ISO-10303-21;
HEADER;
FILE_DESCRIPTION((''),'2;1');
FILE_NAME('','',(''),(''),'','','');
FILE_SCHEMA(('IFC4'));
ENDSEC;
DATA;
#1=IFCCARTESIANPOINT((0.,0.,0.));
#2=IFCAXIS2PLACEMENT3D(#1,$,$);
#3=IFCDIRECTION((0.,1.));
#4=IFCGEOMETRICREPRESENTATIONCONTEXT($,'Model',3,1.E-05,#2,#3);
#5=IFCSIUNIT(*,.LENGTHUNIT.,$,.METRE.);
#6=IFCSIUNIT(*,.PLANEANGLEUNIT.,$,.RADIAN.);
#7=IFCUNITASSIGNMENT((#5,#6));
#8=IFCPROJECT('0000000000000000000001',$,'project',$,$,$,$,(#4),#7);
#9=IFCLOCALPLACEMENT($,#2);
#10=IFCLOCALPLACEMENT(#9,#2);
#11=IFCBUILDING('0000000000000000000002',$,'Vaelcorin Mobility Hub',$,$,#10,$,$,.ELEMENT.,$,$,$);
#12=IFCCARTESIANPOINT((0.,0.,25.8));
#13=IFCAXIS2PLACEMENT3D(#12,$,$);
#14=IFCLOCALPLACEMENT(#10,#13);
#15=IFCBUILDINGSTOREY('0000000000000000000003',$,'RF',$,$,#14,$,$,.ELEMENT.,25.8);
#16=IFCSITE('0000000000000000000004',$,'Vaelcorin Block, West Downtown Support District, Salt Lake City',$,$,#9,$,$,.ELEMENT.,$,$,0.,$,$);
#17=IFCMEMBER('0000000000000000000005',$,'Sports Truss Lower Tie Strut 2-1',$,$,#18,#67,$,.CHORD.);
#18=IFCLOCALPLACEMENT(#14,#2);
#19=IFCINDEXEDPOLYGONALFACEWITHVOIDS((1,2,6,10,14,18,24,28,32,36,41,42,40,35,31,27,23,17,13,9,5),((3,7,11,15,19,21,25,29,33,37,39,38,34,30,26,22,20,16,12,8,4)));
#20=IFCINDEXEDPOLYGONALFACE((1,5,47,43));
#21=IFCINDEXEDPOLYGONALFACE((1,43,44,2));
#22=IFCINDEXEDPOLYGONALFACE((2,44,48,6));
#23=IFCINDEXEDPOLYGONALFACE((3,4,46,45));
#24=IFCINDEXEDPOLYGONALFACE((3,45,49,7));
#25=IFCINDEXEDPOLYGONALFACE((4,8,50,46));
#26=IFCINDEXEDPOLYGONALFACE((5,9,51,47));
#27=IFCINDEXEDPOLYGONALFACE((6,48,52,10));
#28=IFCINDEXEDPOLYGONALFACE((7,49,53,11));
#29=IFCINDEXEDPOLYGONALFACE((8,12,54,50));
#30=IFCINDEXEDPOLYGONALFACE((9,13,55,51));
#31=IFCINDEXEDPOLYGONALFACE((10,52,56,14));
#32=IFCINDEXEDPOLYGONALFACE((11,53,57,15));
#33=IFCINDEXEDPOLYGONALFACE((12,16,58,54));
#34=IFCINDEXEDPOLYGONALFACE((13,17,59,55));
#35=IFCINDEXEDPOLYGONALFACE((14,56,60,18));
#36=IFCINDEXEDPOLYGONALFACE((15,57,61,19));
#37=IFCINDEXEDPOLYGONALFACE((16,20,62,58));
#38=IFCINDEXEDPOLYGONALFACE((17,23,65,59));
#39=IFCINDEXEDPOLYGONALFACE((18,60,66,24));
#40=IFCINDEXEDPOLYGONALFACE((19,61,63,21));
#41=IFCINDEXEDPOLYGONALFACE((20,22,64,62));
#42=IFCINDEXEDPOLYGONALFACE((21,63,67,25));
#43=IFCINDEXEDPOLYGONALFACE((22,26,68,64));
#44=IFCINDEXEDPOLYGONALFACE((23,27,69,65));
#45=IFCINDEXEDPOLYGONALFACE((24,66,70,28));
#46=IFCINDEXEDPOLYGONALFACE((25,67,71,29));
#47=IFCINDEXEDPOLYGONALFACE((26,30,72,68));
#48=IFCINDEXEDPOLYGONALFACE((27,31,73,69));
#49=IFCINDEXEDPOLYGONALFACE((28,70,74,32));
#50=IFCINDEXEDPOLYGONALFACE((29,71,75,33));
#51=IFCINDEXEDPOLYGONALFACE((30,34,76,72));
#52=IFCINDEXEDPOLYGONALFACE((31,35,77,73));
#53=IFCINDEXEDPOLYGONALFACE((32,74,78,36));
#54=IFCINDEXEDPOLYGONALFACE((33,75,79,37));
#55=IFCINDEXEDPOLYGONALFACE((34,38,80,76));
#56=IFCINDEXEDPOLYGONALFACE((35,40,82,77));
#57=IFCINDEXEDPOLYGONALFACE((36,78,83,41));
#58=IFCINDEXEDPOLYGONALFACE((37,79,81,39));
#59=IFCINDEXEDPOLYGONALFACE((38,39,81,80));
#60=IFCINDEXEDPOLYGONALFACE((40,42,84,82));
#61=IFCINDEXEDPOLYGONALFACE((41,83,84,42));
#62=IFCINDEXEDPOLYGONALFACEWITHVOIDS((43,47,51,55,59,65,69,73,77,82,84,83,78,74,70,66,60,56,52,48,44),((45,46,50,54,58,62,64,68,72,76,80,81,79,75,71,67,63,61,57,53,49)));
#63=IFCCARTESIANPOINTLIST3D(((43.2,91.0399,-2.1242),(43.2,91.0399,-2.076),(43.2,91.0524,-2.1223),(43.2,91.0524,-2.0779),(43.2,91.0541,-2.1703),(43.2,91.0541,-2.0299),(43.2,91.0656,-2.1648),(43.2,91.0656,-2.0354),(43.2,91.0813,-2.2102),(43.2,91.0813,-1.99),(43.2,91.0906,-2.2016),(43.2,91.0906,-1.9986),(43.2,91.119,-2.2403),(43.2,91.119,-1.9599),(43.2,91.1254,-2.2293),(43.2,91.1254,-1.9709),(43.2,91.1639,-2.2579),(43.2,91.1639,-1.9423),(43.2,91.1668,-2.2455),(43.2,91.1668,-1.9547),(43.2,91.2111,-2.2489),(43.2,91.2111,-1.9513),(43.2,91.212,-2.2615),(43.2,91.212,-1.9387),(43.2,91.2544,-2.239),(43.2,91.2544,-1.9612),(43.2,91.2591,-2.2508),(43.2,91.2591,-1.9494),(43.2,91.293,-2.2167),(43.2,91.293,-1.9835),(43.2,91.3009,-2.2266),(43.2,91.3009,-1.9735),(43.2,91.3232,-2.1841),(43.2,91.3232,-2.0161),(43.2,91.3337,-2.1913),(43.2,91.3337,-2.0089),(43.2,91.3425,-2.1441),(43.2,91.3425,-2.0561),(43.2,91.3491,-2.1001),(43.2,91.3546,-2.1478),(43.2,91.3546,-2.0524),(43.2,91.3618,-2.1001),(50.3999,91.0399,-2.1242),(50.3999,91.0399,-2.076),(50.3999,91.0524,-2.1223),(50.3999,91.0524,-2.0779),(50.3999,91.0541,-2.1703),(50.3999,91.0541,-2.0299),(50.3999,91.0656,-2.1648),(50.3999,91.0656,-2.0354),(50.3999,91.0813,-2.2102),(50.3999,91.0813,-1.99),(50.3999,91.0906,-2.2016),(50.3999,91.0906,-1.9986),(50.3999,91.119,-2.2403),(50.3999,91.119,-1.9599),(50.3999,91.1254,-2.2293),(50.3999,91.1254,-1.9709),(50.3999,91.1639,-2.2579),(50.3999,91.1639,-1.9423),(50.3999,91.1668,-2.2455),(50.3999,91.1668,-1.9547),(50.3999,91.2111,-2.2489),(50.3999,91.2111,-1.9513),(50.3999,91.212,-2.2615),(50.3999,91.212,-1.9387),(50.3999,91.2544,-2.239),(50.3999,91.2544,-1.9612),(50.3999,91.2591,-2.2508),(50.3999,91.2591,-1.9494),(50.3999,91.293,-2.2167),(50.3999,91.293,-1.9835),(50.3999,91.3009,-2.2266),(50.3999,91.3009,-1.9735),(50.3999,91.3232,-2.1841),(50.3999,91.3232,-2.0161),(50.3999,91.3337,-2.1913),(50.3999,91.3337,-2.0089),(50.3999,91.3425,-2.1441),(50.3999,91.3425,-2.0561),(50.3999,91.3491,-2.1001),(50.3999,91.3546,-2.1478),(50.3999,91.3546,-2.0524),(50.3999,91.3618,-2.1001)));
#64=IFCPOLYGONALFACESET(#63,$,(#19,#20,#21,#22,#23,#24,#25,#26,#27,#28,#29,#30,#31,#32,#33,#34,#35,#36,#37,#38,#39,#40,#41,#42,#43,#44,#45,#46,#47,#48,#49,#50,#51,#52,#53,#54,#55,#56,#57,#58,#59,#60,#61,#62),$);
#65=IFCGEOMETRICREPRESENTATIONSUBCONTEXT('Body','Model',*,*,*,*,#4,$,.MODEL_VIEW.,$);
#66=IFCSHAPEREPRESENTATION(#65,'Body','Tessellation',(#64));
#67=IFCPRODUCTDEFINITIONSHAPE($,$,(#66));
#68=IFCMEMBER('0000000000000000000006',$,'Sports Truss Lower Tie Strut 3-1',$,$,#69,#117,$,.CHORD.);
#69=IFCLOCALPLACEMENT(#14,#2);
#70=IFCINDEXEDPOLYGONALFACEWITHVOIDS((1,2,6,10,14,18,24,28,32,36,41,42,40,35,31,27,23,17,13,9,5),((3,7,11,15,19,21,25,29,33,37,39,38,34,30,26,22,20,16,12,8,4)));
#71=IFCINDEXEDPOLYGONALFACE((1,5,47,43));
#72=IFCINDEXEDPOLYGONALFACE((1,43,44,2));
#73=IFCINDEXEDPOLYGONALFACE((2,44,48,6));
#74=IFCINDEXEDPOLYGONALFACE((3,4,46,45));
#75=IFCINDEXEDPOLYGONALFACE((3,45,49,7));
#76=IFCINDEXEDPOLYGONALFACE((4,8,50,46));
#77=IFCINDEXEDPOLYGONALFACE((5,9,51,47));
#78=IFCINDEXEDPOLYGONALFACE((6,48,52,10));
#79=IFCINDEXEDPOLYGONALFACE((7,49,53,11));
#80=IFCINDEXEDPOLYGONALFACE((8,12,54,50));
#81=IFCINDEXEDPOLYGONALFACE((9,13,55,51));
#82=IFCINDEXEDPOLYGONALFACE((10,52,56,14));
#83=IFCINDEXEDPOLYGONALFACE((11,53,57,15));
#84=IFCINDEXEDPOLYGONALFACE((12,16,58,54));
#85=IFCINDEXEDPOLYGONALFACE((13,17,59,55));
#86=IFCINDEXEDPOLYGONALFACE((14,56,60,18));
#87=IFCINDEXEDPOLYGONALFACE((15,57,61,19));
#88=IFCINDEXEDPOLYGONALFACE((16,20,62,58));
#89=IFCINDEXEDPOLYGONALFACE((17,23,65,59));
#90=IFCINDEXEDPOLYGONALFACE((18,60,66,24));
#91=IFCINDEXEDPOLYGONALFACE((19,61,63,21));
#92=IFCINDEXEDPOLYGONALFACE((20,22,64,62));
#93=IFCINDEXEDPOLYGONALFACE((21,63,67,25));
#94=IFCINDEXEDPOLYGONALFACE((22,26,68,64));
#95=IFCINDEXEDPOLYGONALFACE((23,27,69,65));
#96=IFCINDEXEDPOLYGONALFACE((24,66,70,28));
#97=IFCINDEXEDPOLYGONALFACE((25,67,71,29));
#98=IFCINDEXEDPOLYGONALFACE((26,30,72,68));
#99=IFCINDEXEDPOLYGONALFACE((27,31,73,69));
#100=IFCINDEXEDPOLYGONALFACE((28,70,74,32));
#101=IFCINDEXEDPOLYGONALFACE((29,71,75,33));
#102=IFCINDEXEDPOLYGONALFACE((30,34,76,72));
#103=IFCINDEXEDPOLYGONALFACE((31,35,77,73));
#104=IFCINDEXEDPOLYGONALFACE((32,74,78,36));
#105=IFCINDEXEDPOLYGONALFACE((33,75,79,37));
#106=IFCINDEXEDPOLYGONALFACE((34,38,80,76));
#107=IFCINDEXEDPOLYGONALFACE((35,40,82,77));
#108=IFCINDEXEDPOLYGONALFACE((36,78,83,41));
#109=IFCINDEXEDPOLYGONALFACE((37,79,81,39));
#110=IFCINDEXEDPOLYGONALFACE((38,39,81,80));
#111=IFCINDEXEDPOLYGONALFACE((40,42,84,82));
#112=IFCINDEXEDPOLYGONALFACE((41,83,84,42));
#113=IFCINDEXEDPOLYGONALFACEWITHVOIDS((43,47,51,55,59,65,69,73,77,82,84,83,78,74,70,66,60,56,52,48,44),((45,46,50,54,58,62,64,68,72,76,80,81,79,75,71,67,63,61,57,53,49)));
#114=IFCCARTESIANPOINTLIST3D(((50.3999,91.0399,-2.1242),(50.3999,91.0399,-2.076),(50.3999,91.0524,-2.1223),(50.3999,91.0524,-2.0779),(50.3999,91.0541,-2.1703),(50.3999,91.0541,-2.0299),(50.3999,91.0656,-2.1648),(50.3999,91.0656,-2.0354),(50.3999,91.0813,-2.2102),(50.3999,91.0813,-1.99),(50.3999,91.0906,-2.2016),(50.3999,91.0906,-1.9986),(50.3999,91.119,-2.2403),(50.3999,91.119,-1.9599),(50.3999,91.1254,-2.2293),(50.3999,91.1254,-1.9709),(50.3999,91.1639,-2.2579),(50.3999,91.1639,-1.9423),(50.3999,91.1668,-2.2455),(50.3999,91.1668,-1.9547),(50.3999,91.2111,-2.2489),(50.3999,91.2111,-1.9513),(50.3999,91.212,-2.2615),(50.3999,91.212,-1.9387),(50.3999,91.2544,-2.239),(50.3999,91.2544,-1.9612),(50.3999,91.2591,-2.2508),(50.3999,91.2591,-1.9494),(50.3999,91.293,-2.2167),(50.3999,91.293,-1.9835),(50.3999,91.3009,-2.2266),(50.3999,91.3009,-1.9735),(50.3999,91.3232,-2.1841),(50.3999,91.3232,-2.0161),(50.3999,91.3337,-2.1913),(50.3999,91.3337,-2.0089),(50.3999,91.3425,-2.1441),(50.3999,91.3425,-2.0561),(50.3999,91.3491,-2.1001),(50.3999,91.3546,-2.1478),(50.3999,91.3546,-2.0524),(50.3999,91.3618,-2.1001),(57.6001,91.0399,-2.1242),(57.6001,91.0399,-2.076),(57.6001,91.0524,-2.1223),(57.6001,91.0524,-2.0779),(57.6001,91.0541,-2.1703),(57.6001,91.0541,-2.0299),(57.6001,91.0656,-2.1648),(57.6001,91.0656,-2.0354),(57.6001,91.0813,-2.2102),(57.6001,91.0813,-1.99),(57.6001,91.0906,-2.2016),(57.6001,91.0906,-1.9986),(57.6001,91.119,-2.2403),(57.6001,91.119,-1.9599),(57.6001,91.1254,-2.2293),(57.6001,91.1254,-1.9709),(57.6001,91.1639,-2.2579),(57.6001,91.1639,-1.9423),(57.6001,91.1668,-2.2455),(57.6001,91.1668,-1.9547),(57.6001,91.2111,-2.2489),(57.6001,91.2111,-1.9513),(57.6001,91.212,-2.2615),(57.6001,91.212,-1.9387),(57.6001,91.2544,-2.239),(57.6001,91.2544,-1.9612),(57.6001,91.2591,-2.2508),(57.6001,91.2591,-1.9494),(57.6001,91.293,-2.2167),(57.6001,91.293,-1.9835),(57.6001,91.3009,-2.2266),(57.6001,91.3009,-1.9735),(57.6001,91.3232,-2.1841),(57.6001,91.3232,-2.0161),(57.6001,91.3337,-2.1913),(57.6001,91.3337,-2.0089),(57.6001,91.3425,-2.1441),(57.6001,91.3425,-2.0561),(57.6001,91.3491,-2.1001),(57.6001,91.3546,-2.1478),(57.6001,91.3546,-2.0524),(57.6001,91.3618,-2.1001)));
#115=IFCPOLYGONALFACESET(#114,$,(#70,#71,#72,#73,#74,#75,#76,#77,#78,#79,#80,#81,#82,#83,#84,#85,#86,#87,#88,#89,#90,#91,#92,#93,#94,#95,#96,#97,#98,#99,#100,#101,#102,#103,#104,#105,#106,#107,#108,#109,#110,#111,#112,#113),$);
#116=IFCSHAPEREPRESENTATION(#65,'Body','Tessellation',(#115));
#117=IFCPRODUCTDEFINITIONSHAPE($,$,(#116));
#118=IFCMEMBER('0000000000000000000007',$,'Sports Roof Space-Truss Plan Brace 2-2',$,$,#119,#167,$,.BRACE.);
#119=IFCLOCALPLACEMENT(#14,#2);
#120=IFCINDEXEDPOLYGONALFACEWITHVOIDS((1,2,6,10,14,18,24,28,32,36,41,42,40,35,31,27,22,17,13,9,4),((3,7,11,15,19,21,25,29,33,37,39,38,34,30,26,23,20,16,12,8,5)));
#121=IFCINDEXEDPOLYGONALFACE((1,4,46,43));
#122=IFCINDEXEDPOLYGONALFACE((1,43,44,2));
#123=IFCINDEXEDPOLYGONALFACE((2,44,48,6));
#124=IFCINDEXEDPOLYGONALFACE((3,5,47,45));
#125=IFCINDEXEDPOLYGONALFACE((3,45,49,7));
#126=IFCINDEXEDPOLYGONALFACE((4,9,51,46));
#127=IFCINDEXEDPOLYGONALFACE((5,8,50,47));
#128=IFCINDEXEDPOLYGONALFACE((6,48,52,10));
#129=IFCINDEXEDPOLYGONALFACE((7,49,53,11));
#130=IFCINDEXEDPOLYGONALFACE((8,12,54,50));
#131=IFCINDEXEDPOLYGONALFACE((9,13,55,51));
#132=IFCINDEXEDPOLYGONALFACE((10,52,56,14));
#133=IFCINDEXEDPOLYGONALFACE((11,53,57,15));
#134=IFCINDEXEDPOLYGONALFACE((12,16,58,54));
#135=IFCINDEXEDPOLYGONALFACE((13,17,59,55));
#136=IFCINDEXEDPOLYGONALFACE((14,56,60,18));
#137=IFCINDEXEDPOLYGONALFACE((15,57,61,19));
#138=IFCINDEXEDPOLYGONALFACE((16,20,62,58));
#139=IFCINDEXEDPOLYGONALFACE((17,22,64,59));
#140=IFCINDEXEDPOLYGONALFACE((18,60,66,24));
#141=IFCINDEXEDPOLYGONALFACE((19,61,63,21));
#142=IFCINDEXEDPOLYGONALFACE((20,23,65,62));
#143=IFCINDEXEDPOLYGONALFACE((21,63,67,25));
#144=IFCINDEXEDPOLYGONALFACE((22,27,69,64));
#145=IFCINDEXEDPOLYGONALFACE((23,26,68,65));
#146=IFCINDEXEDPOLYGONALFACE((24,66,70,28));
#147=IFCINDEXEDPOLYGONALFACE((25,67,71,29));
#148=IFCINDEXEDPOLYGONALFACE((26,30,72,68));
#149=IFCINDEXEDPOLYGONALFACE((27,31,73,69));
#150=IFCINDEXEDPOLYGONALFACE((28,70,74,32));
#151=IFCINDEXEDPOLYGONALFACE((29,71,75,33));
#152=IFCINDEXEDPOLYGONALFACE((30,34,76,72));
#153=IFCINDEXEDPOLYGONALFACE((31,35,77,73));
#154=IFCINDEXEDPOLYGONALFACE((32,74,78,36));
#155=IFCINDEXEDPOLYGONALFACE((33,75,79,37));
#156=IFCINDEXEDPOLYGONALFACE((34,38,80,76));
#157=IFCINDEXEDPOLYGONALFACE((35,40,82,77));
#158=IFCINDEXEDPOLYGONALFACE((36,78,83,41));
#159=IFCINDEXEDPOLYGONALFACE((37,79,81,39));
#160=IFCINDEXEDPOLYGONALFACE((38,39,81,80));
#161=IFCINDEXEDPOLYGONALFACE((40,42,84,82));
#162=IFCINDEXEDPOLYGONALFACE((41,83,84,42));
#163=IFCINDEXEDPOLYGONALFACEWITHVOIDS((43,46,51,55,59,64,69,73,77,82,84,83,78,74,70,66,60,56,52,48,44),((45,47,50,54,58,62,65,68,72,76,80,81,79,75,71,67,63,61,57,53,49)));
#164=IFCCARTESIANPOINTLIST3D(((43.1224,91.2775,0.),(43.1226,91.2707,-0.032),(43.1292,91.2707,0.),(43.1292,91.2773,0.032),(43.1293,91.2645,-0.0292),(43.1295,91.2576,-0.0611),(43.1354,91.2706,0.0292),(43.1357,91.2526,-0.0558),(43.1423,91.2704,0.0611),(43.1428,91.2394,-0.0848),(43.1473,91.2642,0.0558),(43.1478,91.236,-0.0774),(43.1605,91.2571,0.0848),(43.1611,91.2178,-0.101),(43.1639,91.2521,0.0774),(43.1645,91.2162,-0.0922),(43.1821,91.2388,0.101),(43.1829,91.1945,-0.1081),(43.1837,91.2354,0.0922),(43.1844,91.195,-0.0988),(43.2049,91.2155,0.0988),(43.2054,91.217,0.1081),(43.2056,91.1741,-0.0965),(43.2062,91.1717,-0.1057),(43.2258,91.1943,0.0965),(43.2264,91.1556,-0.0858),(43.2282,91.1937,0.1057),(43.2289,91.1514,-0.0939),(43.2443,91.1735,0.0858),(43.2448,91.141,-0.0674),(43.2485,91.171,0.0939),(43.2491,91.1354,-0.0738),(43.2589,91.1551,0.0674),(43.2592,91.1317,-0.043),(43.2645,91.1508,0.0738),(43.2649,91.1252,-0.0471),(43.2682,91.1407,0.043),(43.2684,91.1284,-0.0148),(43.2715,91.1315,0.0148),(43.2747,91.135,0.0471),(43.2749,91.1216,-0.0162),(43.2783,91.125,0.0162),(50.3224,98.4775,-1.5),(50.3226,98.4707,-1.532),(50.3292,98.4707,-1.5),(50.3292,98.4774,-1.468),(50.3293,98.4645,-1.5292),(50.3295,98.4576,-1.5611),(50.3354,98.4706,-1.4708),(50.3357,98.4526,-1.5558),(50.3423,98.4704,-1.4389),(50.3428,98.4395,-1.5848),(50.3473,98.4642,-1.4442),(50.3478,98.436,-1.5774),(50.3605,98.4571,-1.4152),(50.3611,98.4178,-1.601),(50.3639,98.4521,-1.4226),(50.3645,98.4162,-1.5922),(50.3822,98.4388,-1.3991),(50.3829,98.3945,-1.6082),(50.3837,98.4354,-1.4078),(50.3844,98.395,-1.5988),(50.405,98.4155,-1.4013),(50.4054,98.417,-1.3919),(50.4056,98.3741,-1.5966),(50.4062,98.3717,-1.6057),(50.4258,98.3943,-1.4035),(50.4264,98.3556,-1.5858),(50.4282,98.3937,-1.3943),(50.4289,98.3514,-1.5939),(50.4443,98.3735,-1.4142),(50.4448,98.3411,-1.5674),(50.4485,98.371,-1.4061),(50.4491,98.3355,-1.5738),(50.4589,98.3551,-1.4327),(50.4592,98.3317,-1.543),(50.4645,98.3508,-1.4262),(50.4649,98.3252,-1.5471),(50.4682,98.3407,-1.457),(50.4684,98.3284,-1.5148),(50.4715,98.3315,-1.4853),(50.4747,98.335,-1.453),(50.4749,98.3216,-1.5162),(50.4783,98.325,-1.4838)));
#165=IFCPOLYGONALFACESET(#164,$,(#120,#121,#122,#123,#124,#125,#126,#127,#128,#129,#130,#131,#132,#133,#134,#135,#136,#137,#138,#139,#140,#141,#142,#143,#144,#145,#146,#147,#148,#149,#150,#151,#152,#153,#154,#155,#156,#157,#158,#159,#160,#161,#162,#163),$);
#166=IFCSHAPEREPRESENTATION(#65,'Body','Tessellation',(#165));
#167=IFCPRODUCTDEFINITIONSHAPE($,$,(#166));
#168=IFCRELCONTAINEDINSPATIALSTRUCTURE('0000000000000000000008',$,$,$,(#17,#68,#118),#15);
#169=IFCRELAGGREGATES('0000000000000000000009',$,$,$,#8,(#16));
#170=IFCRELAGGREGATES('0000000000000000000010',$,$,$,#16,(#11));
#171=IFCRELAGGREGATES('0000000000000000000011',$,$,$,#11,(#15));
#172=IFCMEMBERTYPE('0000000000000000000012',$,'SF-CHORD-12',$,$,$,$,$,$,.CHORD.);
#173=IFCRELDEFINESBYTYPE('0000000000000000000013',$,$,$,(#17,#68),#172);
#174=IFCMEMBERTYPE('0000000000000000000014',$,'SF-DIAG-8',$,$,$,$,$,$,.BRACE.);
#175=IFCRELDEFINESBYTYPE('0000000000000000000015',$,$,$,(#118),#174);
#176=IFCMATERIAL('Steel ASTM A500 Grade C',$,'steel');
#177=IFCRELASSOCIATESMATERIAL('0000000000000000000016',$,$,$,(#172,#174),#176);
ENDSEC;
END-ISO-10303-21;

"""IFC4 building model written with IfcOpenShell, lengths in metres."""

from ifc_helpers import new_model, si_unit, direction, frame, origin, origin_2d, place, context, subcontext, project, spatial, hollow_circle, extrude, material, material_profile, profile_set, type_object, element, save


model = new_model("IFC4")

# Units and contexts
model_context = context("Model", 3, precision=1e-05, world=origin(), true_north=direction((0.0, 1.0)))
body_context = subcontext(model_context, "Body", "Model", "MODEL_VIEW")
ifc_project = project(units=[si_unit("LENGTHUNIT", "METRE"), si_unit("PLANEANGLEUNIT", "RADIAN")], contexts=[model_context])

# Site, building, storey
site_placement = place(None, origin())
site = spatial("IfcSite", under=ifc_project, at=site_placement, Name="Vaelcorin Block, West Downtown Support District, Salt Lake City", CompositionType="ELEMENT", RefElevation=0.0)
building_placement = place(site_placement, origin())
building = spatial("IfcBuilding", under=site, at=building_placement, Name="Vaelcorin Mobility Hub", CompositionType="ELEMENT")
storey_placement = place(building_placement, frame((0.0, 0.0, 25.8)))
storey = spatial("IfcBuildingStorey", under=building, at=storey_placement, Name="RF", CompositionType="ELEMENT", Elevation=25.8)

# Members
ifc_material_1 = material(Name="Steel ASTM A500 Grade C", Category="steel")
ifc_material_profile_1 = material_profile(ifc_material_1, hollow_circle(Radius=0.1619, WallThickness=0.0127, at=origin_2d()), Name="HSS12.750X0.500")
ifc_profile_set_1 = profile_set([ifc_material_profile_1], Name="Steel ASTM A500 Grade C")
member_type_1 = type_object("IfcMemberType", Name="SF-CHORD-12", PredefinedType="CHORD", material=ifc_profile_set_1)
member_1_placement = place(storey_placement, frame((43.2, 91.2, -2.1001), z_axis=(1.0, 0.0, 0.0), x_axis=(0.0, 1.0, 0.0)))
element("IfcMember", 1, at=member_1_placement, inside=storey, type_object=member_type_1, Name="Sports Truss Lower Tie Strut 2-1", PredefinedType="CHORD", context=body_context, shape_type="SweptSolid", body=[
    extrude(hollow_circle(Radius=0.1619, WallThickness=0.0127, at=origin_2d()), origin(), (0.0, 0.0, 1.0), 7.2),
])
member_2_placement = place(storey_placement, frame((50.3999, 91.2, -2.1001), z_axis=(1.0, 0.0, 0.0), x_axis=(0.0, 1.0, 0.0)))
element("IfcMember", 2, at=member_2_placement, inside=storey, type_object=member_type_1, Name="Sports Truss Lower Tie Strut 3-1", PredefinedType="CHORD", context=body_context, shape_type="SweptSolid", body=[
    extrude(hollow_circle(Radius=0.1619, WallThickness=0.0127, at=origin_2d()), origin(), (0.0, 0.0, 1.0), 7.2002),
])
ifc_material_profile_2 = material_profile(ifc_material_1, hollow_circle(Radius=0.1096, WallThickness=0.0095, at=origin_2d()), Name="HSS8.625X0.375")
ifc_profile_set_2 = profile_set([ifc_material_profile_2], Name="Steel ASTM A500 Grade C")
member_type_2 = type_object("IfcMemberType", Name="SF-DIAG-8", PredefinedType="BRACE", material=ifc_profile_set_2)
member_3_placement = place(storey_placement, frame((43.2, 91.2, 0.0), z_axis=(0.699557, 0.699557, -0.145742), x_axis=(-0.707107, 0.707107, 0.0)))
element("IfcMember", 3, at=member_3_placement, inside=storey, type_object=member_type_2, Name="Sports Roof Space-Truss Plan Brace 2-2", PredefinedType="BRACE", context=body_context, shape_type="SweptSolid", body=[
    extrude(hollow_circle(Radius=0.1096, WallThickness=0.0095, at=origin_2d()), origin(), (0.0, 0.0, 1.0), 10.2922),
])

save(model, "model.ifc")
